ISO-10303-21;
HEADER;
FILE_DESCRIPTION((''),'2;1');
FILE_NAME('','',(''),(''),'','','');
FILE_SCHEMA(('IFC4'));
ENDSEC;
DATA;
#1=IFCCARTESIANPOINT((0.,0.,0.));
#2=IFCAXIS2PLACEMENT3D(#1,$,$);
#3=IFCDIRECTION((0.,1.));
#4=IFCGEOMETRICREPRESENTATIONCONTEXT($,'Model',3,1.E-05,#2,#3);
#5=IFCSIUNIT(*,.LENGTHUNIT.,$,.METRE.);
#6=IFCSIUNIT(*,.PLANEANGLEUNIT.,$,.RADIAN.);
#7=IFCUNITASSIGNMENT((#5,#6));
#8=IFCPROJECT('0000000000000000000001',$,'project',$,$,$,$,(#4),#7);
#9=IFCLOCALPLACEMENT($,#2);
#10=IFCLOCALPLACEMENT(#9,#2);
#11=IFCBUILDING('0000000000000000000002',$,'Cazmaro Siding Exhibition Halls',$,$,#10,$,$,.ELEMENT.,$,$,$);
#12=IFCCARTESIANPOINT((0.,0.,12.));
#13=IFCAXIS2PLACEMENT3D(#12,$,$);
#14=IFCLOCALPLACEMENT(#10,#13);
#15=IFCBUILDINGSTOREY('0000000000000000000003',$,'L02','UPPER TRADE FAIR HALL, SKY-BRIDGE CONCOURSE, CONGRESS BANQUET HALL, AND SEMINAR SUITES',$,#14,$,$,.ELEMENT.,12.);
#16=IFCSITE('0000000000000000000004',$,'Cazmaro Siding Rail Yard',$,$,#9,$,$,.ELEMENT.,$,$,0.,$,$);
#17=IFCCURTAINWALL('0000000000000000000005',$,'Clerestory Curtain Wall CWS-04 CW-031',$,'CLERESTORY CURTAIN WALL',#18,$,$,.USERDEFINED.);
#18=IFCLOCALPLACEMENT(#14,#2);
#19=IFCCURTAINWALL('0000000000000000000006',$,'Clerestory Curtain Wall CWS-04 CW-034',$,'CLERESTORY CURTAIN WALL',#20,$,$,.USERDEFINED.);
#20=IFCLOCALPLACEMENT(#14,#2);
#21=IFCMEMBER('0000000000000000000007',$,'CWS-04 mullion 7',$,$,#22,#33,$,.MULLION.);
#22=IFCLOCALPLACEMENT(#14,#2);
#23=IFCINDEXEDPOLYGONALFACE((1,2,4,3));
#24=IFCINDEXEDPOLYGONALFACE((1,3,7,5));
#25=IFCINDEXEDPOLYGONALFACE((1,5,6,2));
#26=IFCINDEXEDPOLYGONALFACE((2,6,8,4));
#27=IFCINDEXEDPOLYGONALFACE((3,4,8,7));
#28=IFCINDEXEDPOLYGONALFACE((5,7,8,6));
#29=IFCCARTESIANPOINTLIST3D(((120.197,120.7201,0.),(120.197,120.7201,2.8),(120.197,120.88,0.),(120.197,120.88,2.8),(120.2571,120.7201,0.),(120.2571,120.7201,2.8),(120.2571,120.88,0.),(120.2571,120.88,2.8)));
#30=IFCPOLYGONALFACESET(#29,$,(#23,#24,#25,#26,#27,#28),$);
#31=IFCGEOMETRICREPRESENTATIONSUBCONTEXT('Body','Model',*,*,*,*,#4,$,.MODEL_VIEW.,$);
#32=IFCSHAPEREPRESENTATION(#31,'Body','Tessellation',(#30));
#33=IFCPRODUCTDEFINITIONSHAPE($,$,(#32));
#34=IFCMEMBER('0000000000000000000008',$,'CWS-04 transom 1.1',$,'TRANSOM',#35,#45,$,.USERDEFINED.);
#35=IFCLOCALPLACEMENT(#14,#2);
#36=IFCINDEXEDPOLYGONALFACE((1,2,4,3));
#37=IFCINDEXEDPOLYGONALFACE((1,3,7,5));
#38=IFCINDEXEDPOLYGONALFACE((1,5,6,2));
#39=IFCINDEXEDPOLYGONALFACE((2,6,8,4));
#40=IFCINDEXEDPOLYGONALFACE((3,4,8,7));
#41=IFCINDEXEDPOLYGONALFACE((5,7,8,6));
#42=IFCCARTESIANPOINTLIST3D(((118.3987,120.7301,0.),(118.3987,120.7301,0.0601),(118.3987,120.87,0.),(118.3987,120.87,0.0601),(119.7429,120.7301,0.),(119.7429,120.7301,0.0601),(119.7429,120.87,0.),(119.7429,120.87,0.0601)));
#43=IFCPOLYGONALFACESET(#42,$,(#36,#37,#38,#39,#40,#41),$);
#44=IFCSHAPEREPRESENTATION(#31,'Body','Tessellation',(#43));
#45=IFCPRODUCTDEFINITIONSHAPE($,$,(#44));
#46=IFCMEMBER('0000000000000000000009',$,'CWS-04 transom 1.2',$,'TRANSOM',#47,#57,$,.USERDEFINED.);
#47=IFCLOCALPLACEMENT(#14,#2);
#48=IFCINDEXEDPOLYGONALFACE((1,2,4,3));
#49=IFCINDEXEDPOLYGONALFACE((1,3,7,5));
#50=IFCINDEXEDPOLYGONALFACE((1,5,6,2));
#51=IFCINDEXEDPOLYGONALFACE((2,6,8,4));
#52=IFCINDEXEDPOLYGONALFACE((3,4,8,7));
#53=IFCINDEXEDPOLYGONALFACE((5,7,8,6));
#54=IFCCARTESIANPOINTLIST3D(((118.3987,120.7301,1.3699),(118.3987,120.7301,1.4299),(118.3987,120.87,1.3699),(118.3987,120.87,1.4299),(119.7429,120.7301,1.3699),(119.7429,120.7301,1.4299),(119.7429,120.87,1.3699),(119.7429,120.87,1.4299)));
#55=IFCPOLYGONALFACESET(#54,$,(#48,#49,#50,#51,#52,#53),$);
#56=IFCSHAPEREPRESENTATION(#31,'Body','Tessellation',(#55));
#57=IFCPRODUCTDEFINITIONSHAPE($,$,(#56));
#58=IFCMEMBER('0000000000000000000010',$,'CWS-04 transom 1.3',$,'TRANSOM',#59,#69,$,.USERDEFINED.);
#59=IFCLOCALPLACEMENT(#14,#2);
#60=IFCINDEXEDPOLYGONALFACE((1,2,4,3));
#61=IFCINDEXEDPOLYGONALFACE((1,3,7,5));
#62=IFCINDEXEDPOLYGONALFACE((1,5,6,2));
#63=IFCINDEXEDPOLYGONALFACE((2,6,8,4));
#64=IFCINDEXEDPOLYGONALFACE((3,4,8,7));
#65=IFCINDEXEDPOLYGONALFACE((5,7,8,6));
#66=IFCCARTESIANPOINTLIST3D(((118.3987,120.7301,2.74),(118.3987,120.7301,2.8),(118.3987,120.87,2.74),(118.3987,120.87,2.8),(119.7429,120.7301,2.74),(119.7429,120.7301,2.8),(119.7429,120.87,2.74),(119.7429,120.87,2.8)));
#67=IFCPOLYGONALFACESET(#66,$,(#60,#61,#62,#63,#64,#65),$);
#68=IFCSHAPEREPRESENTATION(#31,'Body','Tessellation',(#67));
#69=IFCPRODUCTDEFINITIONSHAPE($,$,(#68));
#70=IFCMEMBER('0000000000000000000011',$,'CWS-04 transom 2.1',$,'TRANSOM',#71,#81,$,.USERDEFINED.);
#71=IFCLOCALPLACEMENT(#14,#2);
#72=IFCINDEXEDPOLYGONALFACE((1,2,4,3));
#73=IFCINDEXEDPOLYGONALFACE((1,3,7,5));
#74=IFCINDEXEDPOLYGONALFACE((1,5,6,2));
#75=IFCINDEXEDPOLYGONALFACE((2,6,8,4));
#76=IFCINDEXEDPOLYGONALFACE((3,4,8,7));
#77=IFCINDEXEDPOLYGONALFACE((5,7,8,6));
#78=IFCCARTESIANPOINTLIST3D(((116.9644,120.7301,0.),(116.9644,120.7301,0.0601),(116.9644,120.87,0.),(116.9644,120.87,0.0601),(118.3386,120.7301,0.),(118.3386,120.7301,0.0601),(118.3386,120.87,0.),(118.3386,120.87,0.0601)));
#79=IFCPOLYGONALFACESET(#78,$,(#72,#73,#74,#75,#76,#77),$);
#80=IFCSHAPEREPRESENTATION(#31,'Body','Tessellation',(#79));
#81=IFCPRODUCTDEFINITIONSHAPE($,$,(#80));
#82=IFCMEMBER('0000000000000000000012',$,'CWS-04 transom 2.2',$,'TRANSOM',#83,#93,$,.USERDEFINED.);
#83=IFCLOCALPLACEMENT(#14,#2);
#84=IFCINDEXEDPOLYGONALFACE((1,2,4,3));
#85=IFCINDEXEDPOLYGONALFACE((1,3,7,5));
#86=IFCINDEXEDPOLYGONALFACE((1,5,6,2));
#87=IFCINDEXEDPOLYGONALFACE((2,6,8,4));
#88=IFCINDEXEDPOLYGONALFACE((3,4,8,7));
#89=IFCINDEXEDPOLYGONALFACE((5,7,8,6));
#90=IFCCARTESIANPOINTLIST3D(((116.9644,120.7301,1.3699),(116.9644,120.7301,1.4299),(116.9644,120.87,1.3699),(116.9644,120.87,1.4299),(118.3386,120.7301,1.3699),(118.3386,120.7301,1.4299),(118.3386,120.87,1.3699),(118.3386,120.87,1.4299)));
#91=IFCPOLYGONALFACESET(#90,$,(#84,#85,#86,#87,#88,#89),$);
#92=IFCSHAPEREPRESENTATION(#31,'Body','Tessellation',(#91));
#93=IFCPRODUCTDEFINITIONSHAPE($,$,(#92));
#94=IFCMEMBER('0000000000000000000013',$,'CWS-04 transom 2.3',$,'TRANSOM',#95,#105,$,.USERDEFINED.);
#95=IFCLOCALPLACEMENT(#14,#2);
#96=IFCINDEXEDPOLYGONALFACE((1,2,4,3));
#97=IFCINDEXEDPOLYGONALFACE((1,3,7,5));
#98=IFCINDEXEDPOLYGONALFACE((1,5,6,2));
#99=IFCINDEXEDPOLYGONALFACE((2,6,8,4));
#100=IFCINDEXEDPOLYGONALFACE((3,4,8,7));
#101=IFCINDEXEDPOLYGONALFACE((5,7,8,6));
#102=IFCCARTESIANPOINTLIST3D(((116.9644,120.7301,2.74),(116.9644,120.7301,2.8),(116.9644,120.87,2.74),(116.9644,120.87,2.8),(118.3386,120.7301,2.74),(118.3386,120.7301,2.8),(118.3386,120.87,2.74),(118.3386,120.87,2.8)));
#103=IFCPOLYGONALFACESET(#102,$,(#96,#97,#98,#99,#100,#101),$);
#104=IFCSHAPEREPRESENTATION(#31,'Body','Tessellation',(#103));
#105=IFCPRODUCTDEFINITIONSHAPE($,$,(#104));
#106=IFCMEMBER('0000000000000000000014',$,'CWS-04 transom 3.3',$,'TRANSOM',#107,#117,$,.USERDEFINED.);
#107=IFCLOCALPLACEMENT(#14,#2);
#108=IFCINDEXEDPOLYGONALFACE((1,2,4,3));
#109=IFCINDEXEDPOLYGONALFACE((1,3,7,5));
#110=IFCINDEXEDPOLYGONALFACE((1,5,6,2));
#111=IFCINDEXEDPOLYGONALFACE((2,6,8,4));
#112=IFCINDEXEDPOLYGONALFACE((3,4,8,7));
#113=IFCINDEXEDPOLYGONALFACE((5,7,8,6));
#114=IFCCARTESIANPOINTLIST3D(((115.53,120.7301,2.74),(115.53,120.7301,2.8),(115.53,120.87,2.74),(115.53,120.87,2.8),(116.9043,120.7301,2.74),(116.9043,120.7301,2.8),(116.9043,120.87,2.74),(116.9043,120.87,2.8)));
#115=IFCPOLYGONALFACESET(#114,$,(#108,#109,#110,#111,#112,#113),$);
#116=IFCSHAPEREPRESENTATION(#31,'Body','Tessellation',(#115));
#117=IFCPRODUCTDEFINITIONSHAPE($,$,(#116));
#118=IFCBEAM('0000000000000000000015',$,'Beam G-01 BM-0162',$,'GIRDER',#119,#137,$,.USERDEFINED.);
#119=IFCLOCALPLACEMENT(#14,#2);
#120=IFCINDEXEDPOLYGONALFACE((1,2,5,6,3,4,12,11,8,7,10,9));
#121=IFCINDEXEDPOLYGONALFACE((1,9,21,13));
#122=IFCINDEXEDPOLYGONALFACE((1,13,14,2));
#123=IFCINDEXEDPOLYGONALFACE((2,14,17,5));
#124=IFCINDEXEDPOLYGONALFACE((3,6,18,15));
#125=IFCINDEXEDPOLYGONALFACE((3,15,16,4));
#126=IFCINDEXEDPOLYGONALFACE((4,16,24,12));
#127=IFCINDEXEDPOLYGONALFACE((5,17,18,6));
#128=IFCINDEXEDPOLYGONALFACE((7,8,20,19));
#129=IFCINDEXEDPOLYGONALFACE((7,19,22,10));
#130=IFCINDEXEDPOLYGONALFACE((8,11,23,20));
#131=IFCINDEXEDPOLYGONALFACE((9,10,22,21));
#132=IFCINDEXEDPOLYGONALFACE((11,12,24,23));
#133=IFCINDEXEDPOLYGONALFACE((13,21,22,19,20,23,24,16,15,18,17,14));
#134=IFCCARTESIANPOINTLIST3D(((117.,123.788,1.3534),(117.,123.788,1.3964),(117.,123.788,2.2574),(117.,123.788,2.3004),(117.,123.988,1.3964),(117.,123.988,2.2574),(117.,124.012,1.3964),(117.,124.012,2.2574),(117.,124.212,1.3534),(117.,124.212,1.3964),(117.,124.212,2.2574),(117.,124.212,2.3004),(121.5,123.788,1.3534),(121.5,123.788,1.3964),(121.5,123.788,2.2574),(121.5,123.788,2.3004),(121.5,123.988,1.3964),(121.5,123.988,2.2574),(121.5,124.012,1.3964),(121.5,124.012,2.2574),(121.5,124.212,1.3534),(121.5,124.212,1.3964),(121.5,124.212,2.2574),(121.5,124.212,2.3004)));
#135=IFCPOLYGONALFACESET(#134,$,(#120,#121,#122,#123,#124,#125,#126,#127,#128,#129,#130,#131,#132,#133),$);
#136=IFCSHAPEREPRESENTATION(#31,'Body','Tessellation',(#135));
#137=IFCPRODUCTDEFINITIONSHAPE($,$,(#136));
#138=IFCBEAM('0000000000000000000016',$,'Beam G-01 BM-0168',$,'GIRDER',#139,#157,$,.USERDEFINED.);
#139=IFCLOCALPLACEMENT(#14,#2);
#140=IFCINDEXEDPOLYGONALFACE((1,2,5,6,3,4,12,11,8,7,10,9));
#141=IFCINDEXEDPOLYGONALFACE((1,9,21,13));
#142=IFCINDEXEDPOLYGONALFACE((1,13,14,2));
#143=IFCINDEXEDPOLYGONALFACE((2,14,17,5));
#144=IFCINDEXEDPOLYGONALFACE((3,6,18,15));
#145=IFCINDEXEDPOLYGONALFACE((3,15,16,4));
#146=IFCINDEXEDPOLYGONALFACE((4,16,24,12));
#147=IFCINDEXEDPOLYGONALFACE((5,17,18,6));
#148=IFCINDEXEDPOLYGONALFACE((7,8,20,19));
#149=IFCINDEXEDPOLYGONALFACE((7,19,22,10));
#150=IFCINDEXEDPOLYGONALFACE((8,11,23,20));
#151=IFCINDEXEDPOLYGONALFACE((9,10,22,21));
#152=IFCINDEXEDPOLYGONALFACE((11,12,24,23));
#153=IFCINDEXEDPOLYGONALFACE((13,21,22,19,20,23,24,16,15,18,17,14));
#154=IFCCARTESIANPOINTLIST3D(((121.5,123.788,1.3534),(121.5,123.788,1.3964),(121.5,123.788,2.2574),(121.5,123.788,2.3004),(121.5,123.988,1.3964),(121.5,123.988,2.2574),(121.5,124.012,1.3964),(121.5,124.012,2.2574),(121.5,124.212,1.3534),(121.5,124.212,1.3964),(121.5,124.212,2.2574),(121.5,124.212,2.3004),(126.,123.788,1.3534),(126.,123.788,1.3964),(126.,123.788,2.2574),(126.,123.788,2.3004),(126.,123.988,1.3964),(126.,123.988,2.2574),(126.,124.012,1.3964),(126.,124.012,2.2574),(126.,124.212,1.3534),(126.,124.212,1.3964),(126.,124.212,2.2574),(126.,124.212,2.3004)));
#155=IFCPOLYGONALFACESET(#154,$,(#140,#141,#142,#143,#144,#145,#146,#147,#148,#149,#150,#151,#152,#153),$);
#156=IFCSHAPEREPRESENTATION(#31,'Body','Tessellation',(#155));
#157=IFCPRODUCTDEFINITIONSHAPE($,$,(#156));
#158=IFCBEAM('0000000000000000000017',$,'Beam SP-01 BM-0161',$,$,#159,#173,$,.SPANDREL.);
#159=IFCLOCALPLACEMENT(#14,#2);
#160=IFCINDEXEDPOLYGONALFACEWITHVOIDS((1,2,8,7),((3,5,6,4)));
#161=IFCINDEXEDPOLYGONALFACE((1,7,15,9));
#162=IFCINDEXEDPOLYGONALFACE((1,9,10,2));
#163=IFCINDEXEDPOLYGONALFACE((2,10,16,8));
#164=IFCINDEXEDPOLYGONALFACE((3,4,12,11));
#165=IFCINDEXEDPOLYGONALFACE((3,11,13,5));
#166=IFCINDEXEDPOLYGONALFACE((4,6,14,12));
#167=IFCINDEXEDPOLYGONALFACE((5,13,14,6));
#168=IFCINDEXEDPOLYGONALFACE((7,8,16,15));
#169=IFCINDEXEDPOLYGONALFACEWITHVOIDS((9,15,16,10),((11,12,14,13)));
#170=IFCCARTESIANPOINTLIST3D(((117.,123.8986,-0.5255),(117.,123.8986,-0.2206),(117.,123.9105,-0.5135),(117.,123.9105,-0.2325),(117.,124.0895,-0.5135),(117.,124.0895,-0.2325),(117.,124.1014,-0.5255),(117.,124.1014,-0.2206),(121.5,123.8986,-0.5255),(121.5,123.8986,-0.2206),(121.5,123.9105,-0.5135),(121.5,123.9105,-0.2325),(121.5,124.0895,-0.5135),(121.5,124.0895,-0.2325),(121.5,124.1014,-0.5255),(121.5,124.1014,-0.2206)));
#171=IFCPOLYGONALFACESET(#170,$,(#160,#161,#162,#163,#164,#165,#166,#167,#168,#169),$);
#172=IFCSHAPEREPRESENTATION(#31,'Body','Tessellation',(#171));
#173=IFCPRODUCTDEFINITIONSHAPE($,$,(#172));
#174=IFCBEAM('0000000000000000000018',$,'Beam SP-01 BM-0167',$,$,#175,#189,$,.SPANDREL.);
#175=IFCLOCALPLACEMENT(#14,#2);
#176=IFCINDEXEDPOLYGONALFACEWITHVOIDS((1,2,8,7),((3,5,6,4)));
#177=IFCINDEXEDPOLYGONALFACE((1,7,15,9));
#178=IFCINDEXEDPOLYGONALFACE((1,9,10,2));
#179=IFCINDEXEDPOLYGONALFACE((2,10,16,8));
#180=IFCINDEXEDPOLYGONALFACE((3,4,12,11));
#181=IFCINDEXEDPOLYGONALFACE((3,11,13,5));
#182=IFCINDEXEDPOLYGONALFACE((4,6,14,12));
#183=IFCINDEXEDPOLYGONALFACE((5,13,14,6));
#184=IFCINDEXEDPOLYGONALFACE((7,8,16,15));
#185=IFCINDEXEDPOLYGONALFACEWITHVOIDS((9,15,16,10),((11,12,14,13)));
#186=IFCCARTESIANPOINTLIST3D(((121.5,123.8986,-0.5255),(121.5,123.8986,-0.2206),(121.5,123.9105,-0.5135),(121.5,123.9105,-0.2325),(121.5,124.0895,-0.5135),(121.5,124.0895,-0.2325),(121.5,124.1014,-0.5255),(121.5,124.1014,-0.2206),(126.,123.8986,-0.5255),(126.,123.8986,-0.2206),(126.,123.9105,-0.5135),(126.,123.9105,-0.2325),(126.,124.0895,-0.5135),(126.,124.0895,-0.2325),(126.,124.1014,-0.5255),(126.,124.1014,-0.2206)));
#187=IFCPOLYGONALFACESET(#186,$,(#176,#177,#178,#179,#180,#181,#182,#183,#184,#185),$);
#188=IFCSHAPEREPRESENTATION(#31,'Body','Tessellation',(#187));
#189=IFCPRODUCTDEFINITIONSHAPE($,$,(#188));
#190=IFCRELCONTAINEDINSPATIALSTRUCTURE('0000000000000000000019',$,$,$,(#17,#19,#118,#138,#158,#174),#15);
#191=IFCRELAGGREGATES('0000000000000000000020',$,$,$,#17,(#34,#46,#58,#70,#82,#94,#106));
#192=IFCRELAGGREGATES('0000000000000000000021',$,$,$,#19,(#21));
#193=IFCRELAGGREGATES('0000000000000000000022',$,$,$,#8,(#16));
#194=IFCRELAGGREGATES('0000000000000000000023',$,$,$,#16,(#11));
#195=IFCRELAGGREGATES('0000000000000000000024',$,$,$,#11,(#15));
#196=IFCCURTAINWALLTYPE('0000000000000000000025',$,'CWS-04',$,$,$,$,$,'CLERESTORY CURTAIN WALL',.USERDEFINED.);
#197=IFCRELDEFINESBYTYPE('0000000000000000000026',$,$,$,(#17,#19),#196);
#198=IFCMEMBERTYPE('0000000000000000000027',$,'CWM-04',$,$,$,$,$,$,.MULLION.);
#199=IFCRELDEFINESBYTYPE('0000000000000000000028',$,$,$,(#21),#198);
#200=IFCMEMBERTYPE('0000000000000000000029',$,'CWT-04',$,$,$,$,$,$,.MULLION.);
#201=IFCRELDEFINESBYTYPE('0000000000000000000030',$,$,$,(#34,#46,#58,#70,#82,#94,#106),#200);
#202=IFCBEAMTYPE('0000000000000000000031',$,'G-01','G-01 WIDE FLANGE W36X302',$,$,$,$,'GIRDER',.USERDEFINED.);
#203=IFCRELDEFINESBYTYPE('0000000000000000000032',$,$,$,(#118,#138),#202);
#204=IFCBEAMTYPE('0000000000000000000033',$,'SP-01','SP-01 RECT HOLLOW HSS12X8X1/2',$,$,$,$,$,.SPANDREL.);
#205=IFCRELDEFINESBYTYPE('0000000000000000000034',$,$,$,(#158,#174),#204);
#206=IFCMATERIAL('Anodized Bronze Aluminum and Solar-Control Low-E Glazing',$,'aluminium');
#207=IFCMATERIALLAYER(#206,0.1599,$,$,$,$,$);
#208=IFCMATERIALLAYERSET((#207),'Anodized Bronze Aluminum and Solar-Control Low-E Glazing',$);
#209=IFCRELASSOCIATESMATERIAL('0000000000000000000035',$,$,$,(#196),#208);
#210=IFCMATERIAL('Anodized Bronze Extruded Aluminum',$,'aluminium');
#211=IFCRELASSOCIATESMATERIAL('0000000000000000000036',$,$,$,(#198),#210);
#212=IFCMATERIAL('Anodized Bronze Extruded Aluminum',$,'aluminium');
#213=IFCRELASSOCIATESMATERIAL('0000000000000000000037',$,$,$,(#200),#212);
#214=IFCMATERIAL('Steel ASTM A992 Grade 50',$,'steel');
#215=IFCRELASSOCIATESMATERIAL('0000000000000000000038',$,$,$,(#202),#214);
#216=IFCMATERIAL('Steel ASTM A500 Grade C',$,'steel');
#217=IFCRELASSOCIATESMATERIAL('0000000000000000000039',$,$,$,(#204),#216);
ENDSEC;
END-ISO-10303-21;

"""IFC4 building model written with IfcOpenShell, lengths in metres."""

from ifc_helpers import new_model, si_unit, direction, frame, origin, origin_2d, place, context, subcontext, project, spatial, rectangle, hollow_rectangle, i_section, extrude, material, layer, layer_set, material_profile, profile_set, type_object, element, aggregate, save


model = new_model("IFC4")

# Units and contexts
model_context = context("Model", 3, precision=1e-05, world=origin(), true_north=direction((0.0, 1.0)))
body_context = subcontext(model_context, "Body", "Model", "MODEL_VIEW")
ifc_project = project(units=[si_unit("LENGTHUNIT", "METRE"), si_unit("PLANEANGLEUNIT", "RADIAN")], contexts=[model_context])

# Site, building, storey
site_placement = place(None, origin())
site = spatial("IfcSite", under=ifc_project, at=site_placement, Name="Cazmaro Siding Rail Yard", CompositionType="ELEMENT", RefElevation=0.0)
building_placement = place(site_placement, origin())
building = spatial("IfcBuilding", under=site, at=building_placement, Name="Cazmaro Siding Exhibition Halls", CompositionType="ELEMENT")
storey_placement = place(building_placement, frame((0.0, 0.0, 12.0)))
storey = spatial("IfcBuildingStorey", under=building, at=storey_placement, Name="L02", Description="UPPER TRADE FAIR HALL, SKY-BRIDGE CONCOURSE, CONGRESS BANQUET HALL, AND SEMINAR SUITES", CompositionType="ELEMENT", Elevation=12.0)

# Curtain wall
ifc_material_1 = material(Name="Anodized Bronze Aluminum and Solar-Control Low-E Glazing", Category="aluminium")
ifc_layer_1 = layer(ifc_material_1, 0.1599)
ifc_layer_set_1 = layer_set([ifc_layer_1], Name="Anodized Bronze Aluminum and Solar-Control Low-E Glazing")
curtain_wall_type = type_object("IfcCurtainWallType", Name="CWS-04", ElementType="CLERESTORY CURTAIN WALL", PredefinedType="USERDEFINED", material=ifc_layer_set_1)
curtain_wall_1_placement = place(storey_placement, origin())
curtain_wall_1 = element("IfcCurtainWall", 1, at=curtain_wall_1_placement, inside=storey, type_object=curtain_wall_type, Name="Clerestory Curtain Wall CWS-04 CW-031", ObjectType="CLERESTORY CURTAIN WALL", PredefinedType="USERDEFINED")
ifc_material_2 = material(Name="Anodized Bronze Extruded Aluminum", Category="aluminium")
ifc_material_profile_1 = material_profile(ifc_material_2, rectangle(XDim=0.1599, YDim=0.0601, at=origin_2d()), Name="CWM-04")
ifc_profile_set_1 = profile_set([ifc_material_profile_1], Name="Anodized Bronze Extruded Aluminum")
member_type_1 = type_object("IfcMemberType", Name="CWM-04", PredefinedType="MULLION", material=ifc_profile_set_1)

# Curtain wall, member
curtain_wall_2_placement = place(storey_placement, origin())
curtain_wall_2 = element("IfcCurtainWall", 2, at=curtain_wall_2_placement, inside=storey, type_object=curtain_wall_type, Name="Clerestory Curtain Wall CWS-04 CW-034", ObjectType="CLERESTORY CURTAIN WALL", PredefinedType="USERDEFINED")
member_1_placement = place(storey_placement, frame((120.2271, 120.8, 0.0), z_axis=(0.0, 0.0, 1.0), x_axis=(0.0, -1.0, 0.0)))
member_1 = element("IfcMember", 3, at=member_1_placement, type_object=member_type_1, Name="CWS-04 mullion 7", PredefinedType="MULLION", context=body_context, shape_type="SweptSolid", body=[
    extrude(rectangle(XDim=0.1599, YDim=0.0601, at=origin_2d()), origin(), (0.0, 0.0, 1.0), 2.8),
])

# Members
ifc_material_3 = material(Name="Anodized Bronze Extruded Aluminum", Category="aluminium")
ifc_material_profile_2 = material_profile(ifc_material_3, rectangle(XDim=0.1399, YDim=0.0601, at=origin_2d()), Name="CWT-04")
ifc_profile_set_2 = profile_set([ifc_material_profile_2], Name="Anodized Bronze Extruded Aluminum")
member_type_2 = type_object("IfcMemberType", Name="CWT-04", PredefinedType="MULLION", material=ifc_profile_set_2)
member_2_placement = place(storey_placement, frame((119.7429, 120.8, 0.03), z_axis=(-1.0, 0.0, 0.0), x_axis=(0.0, -1.0, 0.0)))
member_2 = element("IfcMember", 4, at=member_2_placement, type_object=member_type_2, Name="CWS-04 transom 1.1", ObjectType="TRANSOM", PredefinedType="USERDEFINED", context=body_context, shape_type="SweptSolid", body=[
    extrude(rectangle(XDim=0.1399, YDim=0.0601, at=origin_2d()), origin(), (0.0, 0.0, 1.0), 1.3442),
])
member_3_placement = place(storey_placement, frame((119.7429, 120.8, 1.3999), z_axis=(-1.0, 0.0, 0.0), x_axis=(0.0, -1.0, 0.0)))
member_3 = element("IfcMember", 5, at=member_3_placement, type_object=member_type_2, Name="CWS-04 transom 1.2", ObjectType="TRANSOM", PredefinedType="USERDEFINED", context=body_context, shape_type="SweptSolid", body=[
    extrude(rectangle(XDim=0.1399, YDim=0.0601, at=origin_2d()), origin(), (0.0, 0.0, 1.0), 1.3442),
])
member_4_placement = place(storey_placement, frame((119.7429, 120.8, 2.77), z_axis=(-1.0, 0.0, 0.0), x_axis=(0.0, -1.0, 0.0)))
member_4 = element("IfcMember", 6, at=member_4_placement, type_object=member_type_2, Name="CWS-04 transom 1.3", ObjectType="TRANSOM", PredefinedType="USERDEFINED", context=body_context, shape_type="SweptSolid", body=[
    extrude(rectangle(XDim=0.1399, YDim=0.0601, at=origin_2d()), origin(), (0.0, 0.0, 1.0), 1.3442),
])
member_5_placement = place(storey_placement, frame((118.3386, 120.8, 0.03), z_axis=(-1.0, 0.0, 0.0), x_axis=(0.0, -1.0, 0.0)))
member_5 = element("IfcMember", 7, at=member_5_placement, type_object=member_type_2, Name="CWS-04 transom 2.1", ObjectType="TRANSOM", PredefinedType="USERDEFINED", context=body_context, shape_type="SweptSolid", body=[
    extrude(rectangle(XDim=0.1399, YDim=0.0601, at=origin_2d()), origin(), (0.0, 0.0, 1.0), 1.3743),
])
member_6_placement = place(storey_placement, frame((118.3386, 120.8, 1.3999), z_axis=(-1.0, 0.0, 0.0), x_axis=(0.0, -1.0, 0.0)))
member_6 = element("IfcMember", 8, at=member_6_placement, type_object=member_type_2, Name="CWS-04 transom 2.2", ObjectType="TRANSOM", PredefinedType="USERDEFINED", context=body_context, shape_type="SweptSolid", body=[
    extrude(rectangle(XDim=0.1399, YDim=0.0601, at=origin_2d()), origin(), (0.0, 0.0, 1.0), 1.3743),
])
member_7_placement = place(storey_placement, frame((118.3386, 120.8, 2.77), z_axis=(-1.0, 0.0, 0.0), x_axis=(0.0, -1.0, 0.0)))
member_7 = element("IfcMember", 9, at=member_7_placement, type_object=member_type_2, Name="CWS-04 transom 2.3", ObjectType="TRANSOM", PredefinedType="USERDEFINED", context=body_context, shape_type="SweptSolid", body=[
    extrude(rectangle(XDim=0.1399, YDim=0.0601, at=origin_2d()), origin(), (0.0, 0.0, 1.0), 1.3743),
])
member_8_placement = place(storey_placement, frame((116.9043, 120.8, 2.77), z_axis=(-1.0, 0.0, 0.0), x_axis=(0.0, -1.0, 0.0)))
member_8 = element("IfcMember", 10, at=member_8_placement, type_object=member_type_2, Name="CWS-04 transom 3.3", ObjectType="TRANSOM", PredefinedType="USERDEFINED", context=body_context, shape_type="SweptSolid", body=[
    extrude(rectangle(XDim=0.1399, YDim=0.0601, at=origin_2d()), origin(), (0.0, 0.0, 1.0), 1.3743),
])

# Beams
ifc_material_4 = material(Name="Steel ASTM A992 Grade 50", Category="steel")
ifc_material_profile_3 = material_profile(ifc_material_4, i_section(OverallWidth=0.4241, OverallDepth=0.947, WebThickness=0.0239, FlangeThickness=0.043, at=origin_2d()), Name="W36X302")
ifc_profile_set_3 = profile_set([ifc_material_profile_3], Name="Steel ASTM A992 Grade 50")
beam_type_1 = type_object("IfcBeamType", Name="G-01", Description="G-01 WIDE FLANGE W36X302", ElementType="GIRDER", PredefinedType="USERDEFINED", material=ifc_profile_set_3)
for number, where, z_axis, x_axis, name in (
    (11, (117.0, 124.0, 1.8269), (1.0, 0.0, 0.0), (0.0, 1.0, 0.0), "Beam G-01 BM-0162"),
    (12, (121.5, 124.0, 1.8269), (1.0, 0.0, 0.0), (0.0, 1.0, 0.0), "Beam G-01 BM-0168"),
):
    element("IfcBeam", number, at=place(storey_placement, frame(where, z_axis=z_axis, x_axis=x_axis)), inside=storey, type_object=beam_type_1, Name=name, ObjectType="GIRDER", PredefinedType="USERDEFINED", context=body_context, shape_type="SweptSolid", body=[
        extrude(i_section(OverallWidth=0.4241, OverallDepth=0.947, WebThickness=0.0239, FlangeThickness=0.043, at=origin_2d()), origin(), (0.0, 0.0, 1.0), 4.5),
    ])
ifc_material_5 = material(Name="Steel ASTM A500 Grade C", Category="steel")
ifc_material_profile_4 = material_profile(ifc_material_5, hollow_rectangle(XDim=0.2029, YDim=0.3049, WallThickness=0.012, at=origin_2d()), Name="HSS12X8X1/2")
ifc_profile_set_4 = profile_set([ifc_material_profile_4], Name="Steel ASTM A500 Grade C")
beam_type_2 = type_object("IfcBeamType", Name="SP-01", Description="SP-01 RECT HOLLOW HSS12X8X1/2", PredefinedType="SPANDREL", material=ifc_profile_set_4)
for number, where, z_axis, x_axis, name in (
    (13, (117.0, 124.0, -0.373), (1.0, 0.0, 0.0), (0.0, 1.0, 0.0), "Beam SP-01 BM-0161"),
    (14, (121.5, 124.0, -0.373), (1.0, 0.0, 0.0), (0.0, 1.0, 0.0), "Beam SP-01 BM-0167"),
):
    element("IfcBeam", number, at=place(storey_placement, frame(where, z_axis=z_axis, x_axis=x_axis)), inside=storey, type_object=beam_type_2, Name=name, PredefinedType="SPANDREL", context=body_context, shape_type="SweptSolid", body=[
        extrude(hollow_rectangle(XDim=0.2029, YDim=0.3049, WallThickness=0.012, at=origin_2d()), origin(), (0.0, 0.0, 1.0), 4.5),
    ])

aggregate(curtain_wall_1, [member_2, member_3, member_4, member_5, member_6, member_7, member_8])
aggregate(curtain_wall_2, [member_1])

save(model, "model.ifc")
